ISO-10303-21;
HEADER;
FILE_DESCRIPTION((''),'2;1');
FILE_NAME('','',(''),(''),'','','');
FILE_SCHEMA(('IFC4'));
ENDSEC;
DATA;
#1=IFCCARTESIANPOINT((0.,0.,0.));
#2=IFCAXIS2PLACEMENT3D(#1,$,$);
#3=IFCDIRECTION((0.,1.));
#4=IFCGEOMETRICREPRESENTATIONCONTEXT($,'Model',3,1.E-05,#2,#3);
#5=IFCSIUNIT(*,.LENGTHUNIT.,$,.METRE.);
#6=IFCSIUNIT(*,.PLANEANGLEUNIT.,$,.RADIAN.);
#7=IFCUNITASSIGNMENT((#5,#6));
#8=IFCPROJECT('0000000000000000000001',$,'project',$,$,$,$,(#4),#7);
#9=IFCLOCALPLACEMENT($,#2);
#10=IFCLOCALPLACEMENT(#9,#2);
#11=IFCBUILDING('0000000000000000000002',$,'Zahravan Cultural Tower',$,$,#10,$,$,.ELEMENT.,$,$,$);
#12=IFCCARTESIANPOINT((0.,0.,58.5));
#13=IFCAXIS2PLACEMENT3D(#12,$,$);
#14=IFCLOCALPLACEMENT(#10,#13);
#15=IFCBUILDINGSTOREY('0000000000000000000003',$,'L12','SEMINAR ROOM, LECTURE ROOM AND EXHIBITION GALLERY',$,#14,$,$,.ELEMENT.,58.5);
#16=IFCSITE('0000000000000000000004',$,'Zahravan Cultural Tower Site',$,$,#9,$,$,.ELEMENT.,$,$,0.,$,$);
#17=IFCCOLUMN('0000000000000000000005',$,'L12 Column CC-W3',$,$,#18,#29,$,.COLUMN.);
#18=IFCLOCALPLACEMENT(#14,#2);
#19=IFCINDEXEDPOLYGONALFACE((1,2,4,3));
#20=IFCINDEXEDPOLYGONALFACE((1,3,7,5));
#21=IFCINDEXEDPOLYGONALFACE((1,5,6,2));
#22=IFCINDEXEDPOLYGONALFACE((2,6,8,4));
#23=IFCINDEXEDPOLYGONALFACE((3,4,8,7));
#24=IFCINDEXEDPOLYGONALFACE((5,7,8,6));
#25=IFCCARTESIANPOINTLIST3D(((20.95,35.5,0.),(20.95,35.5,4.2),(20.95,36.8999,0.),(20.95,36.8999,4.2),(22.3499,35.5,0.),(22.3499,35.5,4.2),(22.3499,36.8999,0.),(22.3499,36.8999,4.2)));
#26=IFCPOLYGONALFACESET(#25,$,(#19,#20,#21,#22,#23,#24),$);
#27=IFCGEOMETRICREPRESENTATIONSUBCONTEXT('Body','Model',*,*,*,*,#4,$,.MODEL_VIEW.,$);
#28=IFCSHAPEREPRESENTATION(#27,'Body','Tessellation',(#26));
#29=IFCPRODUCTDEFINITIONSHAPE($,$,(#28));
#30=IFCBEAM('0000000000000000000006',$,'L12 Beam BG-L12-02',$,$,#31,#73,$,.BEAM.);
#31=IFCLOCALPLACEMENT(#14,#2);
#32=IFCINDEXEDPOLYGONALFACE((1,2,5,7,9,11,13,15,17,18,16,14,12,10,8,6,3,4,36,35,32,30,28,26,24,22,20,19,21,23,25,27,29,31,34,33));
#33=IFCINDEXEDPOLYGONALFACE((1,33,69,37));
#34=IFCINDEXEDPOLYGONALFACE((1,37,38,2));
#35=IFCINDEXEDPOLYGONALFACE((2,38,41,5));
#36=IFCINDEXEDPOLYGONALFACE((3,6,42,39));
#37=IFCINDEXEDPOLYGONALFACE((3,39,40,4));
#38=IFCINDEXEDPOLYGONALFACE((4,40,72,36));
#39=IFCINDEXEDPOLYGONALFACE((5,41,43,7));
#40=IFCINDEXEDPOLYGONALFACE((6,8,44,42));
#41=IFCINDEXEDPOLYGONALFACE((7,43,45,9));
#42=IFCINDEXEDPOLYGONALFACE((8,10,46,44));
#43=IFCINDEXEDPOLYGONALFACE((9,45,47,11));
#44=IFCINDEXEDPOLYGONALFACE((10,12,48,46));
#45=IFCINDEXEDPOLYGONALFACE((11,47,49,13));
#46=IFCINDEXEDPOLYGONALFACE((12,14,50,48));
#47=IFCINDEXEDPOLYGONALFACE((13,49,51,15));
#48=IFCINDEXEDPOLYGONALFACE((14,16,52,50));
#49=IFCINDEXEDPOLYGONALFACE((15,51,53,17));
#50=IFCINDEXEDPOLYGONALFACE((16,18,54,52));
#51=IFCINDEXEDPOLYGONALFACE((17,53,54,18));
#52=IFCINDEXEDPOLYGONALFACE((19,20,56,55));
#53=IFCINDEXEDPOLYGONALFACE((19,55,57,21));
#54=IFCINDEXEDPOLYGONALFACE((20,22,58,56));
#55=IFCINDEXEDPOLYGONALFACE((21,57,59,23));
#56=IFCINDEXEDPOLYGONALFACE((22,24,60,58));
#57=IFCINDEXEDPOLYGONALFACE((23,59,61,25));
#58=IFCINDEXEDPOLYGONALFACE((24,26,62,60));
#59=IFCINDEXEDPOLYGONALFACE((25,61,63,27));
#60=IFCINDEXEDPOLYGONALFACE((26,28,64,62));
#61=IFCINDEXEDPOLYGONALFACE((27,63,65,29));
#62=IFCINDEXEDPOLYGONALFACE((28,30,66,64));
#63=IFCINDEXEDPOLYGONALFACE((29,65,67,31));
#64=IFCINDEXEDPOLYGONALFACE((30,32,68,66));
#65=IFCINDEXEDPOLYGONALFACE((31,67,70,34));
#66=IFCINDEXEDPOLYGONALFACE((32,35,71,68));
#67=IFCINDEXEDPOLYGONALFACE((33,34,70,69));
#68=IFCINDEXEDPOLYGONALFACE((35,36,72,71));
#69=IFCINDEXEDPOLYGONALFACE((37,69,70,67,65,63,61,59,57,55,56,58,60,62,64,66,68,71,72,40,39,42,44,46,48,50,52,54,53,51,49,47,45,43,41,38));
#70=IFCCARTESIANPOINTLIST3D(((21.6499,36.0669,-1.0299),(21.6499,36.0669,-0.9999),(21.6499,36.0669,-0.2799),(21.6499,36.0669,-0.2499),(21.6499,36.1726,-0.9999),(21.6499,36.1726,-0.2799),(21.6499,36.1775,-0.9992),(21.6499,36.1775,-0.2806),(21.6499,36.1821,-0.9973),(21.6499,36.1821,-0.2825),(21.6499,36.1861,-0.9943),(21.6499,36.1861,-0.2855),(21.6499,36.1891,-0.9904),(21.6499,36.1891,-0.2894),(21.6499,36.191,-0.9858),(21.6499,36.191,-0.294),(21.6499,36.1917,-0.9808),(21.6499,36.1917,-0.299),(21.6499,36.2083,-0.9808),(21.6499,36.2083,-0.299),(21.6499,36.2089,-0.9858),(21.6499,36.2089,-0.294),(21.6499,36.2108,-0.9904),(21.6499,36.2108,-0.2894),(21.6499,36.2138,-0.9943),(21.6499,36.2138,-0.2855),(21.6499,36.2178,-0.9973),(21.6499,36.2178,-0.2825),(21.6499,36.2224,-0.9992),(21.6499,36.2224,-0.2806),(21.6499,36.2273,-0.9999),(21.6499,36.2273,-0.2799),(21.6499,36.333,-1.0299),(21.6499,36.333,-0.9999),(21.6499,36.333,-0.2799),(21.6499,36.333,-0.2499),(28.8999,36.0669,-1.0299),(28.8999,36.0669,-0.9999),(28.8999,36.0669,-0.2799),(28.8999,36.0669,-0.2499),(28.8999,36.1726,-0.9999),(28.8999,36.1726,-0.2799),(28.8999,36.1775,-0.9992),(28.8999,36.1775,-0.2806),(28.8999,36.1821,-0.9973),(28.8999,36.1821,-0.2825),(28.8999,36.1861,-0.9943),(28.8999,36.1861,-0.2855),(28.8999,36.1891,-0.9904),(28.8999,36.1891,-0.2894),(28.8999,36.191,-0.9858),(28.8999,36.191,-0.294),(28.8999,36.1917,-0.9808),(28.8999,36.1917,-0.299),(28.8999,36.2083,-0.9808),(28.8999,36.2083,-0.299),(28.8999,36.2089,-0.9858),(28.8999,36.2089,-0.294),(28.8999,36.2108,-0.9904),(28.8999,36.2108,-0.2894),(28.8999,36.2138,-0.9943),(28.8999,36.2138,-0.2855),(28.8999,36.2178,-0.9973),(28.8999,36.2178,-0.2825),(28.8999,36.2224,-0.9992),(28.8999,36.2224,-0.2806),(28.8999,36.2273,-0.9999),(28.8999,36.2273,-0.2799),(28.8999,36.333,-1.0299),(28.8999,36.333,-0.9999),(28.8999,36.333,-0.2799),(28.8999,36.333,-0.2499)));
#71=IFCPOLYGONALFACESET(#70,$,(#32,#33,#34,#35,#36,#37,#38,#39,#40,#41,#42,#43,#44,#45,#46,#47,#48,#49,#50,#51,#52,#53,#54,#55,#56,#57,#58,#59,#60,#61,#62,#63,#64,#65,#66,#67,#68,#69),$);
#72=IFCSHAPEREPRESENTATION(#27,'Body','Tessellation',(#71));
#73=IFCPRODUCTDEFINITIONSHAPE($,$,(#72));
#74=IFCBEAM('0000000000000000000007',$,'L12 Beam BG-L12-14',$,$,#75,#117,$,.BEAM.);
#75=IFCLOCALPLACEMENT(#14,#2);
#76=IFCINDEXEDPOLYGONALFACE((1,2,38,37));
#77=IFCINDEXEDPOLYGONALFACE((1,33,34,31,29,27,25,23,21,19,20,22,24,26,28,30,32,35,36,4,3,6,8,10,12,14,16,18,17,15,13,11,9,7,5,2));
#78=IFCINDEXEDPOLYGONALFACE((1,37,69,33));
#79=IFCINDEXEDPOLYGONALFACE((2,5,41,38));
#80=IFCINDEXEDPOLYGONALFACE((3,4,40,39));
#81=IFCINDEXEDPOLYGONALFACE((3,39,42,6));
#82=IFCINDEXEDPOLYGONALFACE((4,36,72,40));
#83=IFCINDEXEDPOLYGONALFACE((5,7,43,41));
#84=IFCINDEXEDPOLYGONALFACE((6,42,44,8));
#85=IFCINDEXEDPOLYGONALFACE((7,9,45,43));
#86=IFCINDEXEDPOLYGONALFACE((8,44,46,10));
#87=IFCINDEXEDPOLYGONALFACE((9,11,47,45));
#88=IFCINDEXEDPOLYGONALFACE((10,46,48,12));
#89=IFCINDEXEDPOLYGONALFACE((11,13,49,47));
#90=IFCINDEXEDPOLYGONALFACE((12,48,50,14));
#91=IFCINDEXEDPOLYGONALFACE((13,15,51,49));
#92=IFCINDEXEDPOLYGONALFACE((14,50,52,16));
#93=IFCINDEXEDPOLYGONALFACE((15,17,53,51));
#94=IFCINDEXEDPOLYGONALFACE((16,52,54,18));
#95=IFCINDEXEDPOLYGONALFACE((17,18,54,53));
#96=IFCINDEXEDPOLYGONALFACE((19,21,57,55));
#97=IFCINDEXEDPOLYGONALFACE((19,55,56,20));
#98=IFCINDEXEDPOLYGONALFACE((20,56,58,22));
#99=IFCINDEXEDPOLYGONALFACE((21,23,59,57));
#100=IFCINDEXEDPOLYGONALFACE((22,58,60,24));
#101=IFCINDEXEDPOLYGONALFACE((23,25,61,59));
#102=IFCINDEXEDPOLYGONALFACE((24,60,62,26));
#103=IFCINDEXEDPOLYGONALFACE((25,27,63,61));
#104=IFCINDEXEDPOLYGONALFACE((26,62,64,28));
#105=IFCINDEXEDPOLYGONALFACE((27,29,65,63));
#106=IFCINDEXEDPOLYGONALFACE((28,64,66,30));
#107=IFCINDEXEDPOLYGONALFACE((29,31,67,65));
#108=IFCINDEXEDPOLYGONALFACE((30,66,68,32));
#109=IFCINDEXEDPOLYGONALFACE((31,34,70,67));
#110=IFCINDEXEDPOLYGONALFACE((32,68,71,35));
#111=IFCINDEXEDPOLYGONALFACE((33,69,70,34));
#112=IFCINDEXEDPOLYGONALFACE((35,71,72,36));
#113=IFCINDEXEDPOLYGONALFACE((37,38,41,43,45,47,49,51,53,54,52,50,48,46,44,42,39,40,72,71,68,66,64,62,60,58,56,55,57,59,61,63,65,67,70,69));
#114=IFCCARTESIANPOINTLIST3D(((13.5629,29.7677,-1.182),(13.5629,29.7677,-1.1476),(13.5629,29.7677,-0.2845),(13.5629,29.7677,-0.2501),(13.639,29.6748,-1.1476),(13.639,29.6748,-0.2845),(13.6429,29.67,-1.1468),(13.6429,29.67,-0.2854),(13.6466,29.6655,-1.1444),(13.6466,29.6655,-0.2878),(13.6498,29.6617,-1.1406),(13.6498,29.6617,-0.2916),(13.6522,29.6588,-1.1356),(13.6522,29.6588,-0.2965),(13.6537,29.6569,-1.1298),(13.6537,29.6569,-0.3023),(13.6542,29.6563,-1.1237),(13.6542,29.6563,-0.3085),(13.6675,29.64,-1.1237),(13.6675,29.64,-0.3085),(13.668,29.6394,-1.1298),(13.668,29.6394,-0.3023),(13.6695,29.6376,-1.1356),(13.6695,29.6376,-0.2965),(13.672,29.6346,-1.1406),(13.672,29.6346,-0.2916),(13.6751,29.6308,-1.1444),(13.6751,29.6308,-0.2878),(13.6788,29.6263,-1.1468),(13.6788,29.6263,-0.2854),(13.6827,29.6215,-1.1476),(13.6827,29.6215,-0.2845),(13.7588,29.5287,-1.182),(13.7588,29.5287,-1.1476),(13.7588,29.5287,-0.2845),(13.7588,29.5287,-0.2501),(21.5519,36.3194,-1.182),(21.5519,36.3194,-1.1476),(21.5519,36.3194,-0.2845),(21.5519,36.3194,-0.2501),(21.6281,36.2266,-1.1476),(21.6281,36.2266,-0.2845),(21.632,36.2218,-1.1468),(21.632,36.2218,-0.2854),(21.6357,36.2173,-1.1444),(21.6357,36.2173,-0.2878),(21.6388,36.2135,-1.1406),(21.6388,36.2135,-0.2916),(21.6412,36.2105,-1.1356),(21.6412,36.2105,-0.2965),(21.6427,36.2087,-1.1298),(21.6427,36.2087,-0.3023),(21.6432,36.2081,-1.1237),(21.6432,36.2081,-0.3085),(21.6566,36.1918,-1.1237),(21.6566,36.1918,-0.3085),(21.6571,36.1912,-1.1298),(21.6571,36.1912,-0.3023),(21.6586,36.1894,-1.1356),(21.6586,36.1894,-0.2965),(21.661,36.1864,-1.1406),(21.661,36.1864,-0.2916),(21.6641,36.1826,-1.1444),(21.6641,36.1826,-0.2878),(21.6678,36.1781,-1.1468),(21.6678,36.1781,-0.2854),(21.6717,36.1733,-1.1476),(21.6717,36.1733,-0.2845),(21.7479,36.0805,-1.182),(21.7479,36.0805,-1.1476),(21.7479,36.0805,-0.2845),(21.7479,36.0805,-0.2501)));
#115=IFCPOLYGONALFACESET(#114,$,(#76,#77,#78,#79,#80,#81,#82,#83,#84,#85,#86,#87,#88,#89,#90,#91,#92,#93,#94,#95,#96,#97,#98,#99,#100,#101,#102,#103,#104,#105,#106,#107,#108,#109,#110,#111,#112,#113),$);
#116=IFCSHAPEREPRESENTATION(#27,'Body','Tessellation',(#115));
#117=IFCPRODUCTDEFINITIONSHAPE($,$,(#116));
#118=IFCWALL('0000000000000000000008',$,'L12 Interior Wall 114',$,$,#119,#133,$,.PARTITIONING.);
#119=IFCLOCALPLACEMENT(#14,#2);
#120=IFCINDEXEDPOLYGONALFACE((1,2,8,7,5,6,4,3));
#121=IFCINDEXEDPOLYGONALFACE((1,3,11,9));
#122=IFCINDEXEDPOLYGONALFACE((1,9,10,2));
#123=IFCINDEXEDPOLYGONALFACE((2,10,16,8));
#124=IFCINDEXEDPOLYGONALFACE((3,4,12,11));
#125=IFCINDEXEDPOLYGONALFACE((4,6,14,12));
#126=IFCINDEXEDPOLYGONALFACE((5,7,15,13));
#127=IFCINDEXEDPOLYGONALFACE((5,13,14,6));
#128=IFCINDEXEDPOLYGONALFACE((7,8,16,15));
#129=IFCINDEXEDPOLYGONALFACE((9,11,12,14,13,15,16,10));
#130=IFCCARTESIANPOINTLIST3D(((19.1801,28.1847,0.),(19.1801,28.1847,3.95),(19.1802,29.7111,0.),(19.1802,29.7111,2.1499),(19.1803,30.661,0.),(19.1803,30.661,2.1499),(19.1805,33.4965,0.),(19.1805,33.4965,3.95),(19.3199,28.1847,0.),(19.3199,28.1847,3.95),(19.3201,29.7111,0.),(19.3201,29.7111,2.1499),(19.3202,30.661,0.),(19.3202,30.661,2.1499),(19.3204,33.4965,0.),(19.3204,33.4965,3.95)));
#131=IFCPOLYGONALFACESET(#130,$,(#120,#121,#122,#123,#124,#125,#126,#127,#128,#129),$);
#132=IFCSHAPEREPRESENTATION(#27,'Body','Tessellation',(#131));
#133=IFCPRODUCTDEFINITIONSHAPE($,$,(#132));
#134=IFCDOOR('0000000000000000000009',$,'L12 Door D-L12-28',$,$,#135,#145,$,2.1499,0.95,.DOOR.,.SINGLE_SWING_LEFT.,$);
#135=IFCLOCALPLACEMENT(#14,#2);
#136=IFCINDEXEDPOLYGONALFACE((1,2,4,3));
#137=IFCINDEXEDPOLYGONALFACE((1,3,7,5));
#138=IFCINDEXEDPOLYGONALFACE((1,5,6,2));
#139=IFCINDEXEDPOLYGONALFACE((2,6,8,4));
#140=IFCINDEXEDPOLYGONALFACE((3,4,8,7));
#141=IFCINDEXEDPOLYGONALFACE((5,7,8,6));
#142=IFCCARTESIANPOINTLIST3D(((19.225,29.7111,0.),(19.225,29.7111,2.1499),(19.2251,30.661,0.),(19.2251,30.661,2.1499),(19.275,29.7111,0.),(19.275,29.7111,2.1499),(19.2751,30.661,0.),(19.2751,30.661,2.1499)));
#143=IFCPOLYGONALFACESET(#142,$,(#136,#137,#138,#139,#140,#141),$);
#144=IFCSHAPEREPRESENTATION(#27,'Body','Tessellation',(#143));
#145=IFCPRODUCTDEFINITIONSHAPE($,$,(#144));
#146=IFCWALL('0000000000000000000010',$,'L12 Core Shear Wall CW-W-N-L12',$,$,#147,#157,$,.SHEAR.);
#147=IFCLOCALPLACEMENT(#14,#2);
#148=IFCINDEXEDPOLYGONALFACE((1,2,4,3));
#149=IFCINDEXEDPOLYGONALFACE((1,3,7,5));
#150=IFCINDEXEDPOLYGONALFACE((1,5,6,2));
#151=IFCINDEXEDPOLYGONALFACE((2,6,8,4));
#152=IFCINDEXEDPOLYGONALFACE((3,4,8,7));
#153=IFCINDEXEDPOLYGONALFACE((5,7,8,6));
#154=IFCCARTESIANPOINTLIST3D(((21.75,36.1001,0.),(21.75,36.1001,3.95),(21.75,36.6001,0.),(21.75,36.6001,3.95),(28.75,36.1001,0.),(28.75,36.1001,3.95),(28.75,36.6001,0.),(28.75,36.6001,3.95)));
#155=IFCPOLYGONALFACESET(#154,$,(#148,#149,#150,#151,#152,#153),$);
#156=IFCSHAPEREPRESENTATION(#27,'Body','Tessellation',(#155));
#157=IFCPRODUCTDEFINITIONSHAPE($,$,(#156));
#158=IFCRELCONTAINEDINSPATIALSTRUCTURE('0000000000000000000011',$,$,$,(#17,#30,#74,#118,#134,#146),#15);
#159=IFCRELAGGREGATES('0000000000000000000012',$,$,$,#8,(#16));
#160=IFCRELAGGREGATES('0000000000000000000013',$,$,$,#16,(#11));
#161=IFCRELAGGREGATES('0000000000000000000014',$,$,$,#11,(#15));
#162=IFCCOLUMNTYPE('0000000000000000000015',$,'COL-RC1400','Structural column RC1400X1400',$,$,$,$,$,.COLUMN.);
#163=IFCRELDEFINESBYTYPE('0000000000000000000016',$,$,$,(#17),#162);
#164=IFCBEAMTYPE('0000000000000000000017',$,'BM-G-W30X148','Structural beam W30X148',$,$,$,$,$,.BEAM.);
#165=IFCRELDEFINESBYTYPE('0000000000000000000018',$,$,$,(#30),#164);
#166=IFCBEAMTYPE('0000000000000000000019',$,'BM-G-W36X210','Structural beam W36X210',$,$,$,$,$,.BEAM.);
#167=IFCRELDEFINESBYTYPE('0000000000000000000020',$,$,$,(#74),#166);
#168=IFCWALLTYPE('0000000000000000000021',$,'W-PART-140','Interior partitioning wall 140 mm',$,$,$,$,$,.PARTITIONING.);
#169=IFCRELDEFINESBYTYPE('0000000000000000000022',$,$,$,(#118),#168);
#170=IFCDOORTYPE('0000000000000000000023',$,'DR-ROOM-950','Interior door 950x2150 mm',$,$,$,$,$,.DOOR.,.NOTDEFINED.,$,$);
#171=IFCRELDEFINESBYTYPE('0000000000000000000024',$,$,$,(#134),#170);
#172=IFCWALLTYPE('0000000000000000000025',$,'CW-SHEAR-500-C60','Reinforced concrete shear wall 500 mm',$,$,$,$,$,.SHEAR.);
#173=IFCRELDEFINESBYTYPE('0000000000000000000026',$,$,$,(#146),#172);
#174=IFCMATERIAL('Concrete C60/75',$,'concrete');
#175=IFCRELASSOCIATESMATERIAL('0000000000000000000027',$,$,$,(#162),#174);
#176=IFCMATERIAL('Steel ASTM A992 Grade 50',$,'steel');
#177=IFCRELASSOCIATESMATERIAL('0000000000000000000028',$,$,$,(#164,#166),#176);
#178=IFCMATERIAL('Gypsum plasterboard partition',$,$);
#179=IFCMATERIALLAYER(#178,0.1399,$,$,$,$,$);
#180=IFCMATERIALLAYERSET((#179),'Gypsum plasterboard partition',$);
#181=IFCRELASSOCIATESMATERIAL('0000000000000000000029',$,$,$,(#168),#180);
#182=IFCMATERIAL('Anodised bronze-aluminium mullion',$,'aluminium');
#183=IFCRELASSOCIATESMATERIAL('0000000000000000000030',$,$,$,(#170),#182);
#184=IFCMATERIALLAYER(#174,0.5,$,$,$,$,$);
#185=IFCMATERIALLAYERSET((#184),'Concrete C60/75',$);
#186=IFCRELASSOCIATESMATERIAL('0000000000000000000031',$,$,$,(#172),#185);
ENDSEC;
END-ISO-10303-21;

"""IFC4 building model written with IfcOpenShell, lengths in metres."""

from ifc_helpers import new_model, si_unit, direction, frame, frame_2d, origin, origin_2d, place, context, subcontext, project, spatial, rectangle, i_section, extrude, source, transform, mapped, material, layer, layer_set, material_profile, profile_set, type_object, element, fill, save


model = new_model("IFC4")

# Units and contexts
model_context = context("Model", 3, precision=1e-05, world=origin(), true_north=direction((0.0, 1.0)))
body_context = subcontext(model_context, "Body", "Model", "MODEL_VIEW")
ifc_project = project(units=[si_unit("LENGTHUNIT", "METRE"), si_unit("PLANEANGLEUNIT", "RADIAN")], contexts=[model_context])

# Site, building, storey
site_placement = place(None, origin())
site = spatial("IfcSite", under=ifc_project, at=site_placement, Name="Zahravan Cultural Tower Site", CompositionType="ELEMENT", RefElevation=0.0)
building_placement = place(site_placement, origin())
building = spatial("IfcBuilding", under=site, at=building_placement, Name="Zahravan Cultural Tower", CompositionType="ELEMENT")
storey_placement = place(building_placement, frame((0.0, 0.0, 58.5)))
storey = spatial("IfcBuildingStorey", under=building, at=storey_placement, Name="L12", Description="SEMINAR ROOM, LECTURE ROOM AND EXHIBITION GALLERY", CompositionType="ELEMENT", Elevation=58.5)

# Column
ifc_material_1 = material(Name="Concrete C60/75", Category="concrete")
ifc_material_profile_1 = material_profile(ifc_material_1, rectangle(XDim=1.3999, YDim=1.3999, at=origin_2d()), Name="RC1400X1400")
ifc_profile_set_1 = profile_set([ifc_material_profile_1], Name="Concrete C60/75")
column_type = type_object("IfcColumnType", Name="COL-RC1400", Description="Structural column RC1400X1400", PredefinedType="COLUMN", material=ifc_profile_set_1)
shared_shape_1 = source(origin(), body_context, "Body", "SweptSolid", [
    extrude(rectangle(XDim=1.3999, YDim=1.3999, at=origin_2d()), origin(), (0.0, 0.0, 1.0), 4.2),
])
column_placement = place(storey_placement, frame((21.6499, 36.2, 0.0), z_axis=(0.0, 0.0, 1.0), x_axis=(1.0, 0.0, 0.0)))
element("IfcColumn", 1, at=column_placement, inside=storey, type_object=column_type, Name="L12 Column CC-W3", PredefinedType="COLUMN", context=body_context, shape_type="MappedRepresentation", body=[
    mapped(shared_shape_1, transform((0.0, 0.0, 0.0), x_axis=(1.0, 0.0, 0.0), y_axis=(0.0, 1.0, 0.0), z_axis=(0.0, 0.0, 1.0), scale=1.0)),
])

# Beams
ifc_material_2 = material(Name="Steel ASTM A992 Grade 50", Category="steel")
ifc_material_profile_2 = material_profile(ifc_material_2, i_section(OverallWidth=0.2661, OverallDepth=0.78, WebThickness=0.0166, FlangeThickness=0.03, FilletRadius=0.019, at=origin_2d()), Name="W30X148")
ifc_profile_set_2 = profile_set([ifc_material_profile_2], Name="Steel ASTM A992 Grade 50")
beam_type_1 = type_object("IfcBeamType", Name="BM-G-W30X148", Description="Structural beam W30X148", PredefinedType="BEAM", material=ifc_profile_set_2)
shared_shape_2 = source(origin(), body_context, "Body", "SweptSolid", [
    extrude(i_section(OverallWidth=0.2661, OverallDepth=0.78, WebThickness=0.0166, FlangeThickness=0.03, FilletRadius=0.019, at=origin_2d()), origin(), (0.0, 0.0, 1.0), 7.25),
])
beam_1_placement = place(storey_placement, frame((21.6499, 36.2, -0.6399), z_axis=(1.0, 0.0, 0.0), x_axis=(0.0, 1.0, 0.0)))
element("IfcBeam", 2, at=beam_1_placement, inside=storey, type_object=beam_type_1, Name="L12 Beam BG-L12-02", PredefinedType="BEAM", context=body_context, shape_type="MappedRepresentation", body=[
    mapped(shared_shape_2, transform((0.0, 0.0, 0.0), x_axis=(1.0, 0.0, 0.0), y_axis=(0.0, 1.0, 0.0), z_axis=(0.0, 0.0, 1.0), scale=1.0)),
])
ifc_material_profile_3 = material_profile(ifc_material_2, i_section(OverallWidth=0.3091, OverallDepth=0.9319, WebThickness=0.021, FlangeThickness=0.0344, FilletRadius=0.0239, at=origin_2d()), Name="W36X210")
ifc_profile_set_3 = profile_set([ifc_material_profile_3], Name="Steel ASTM A992 Grade 50")
beam_type_2 = type_object("IfcBeamType", Name="BM-G-W36X210", Description="Structural beam W36X210", PredefinedType="BEAM", material=ifc_profile_set_3)
shared_shape_3 = source(origin(), body_context, "Body", "SweptSolid", [
    extrude(i_section(OverallWidth=0.3091, OverallDepth=0.9319, WebThickness=0.021, FlangeThickness=0.0344, FilletRadius=0.0239, at=origin_2d()), origin(), (0.0, 0.0, 1.0), 10.332),
])
beam_2_placement = place(storey_placement, frame((21.6499, 36.2, -0.7161), z_axis=(-0.773231, -0.634124, 0.0), x_axis=(0.634124, -0.773231, 0.0)))
element("IfcBeam", 3, at=beam_2_placement, inside=storey, type_object=beam_type_2, Name="L12 Beam BG-L12-14", PredefinedType="BEAM", context=body_context, shape_type="MappedRepresentation", body=[
    mapped(shared_shape_3, transform((0.0, 0.0, 0.0), x_axis=(1.0, 0.0, 0.0), y_axis=(0.0, 1.0, 0.0), z_axis=(0.0, 0.0, 1.0), scale=1.0)),
])

# Wall, opening, door
ifc_material_3 = material(Name="Gypsum plasterboard partition")
ifc_layer_1 = layer(ifc_material_3, 0.1399)
ifc_layer_set_1 = layer_set([ifc_layer_1], Name="Gypsum plasterboard partition")
wall_type_1 = type_object("IfcWallType", Name="W-PART-140", Description="Interior partitioning wall 140 mm", PredefinedType="PARTITIONING", material=ifc_layer_set_1)
wall_1_placement = place(storey_placement, frame((19.2505, 33.4963, 0.0), z_axis=(0.0, 0.0, 1.0), x_axis=(-0.000092, -1.0, 0.0)))
wall_1 = element("IfcWall", 4, at=wall_1_placement, inside=storey, type_object=wall_type_1, Name="L12 Interior Wall 114", PredefinedType="PARTITIONING", context=body_context, shape_type="SweptSolid", body=[
    extrude(rectangle(XDim=5.3118, YDim=0.1399, at=frame_2d((2.6558, 0.0))), origin(), (0.0, 0.0, 1.0), 3.95),
])
opening_1_placement = place(wall_1_placement, frame((2.8352, 0.0, 0.0)))
opening_1 = element("IfcOpeningElement", 5, at=opening_1_placement, cuts=wall_1, PredefinedType="OPENING", context=body_context, shape_type="SweptSolid", body=[
    extrude(rectangle(XDim=0.95, YDim=2.1499, at=frame_2d((0.4751, 1.075))), frame((0.0, 0.0798, 0.0), z_axis=(0.0, -1.0, 0.0), x_axis=(1.0, 0.0, 0.0)), (0.0, 0.0, 1.0), 0.1599),
])
ifc_material_4 = material(Name="Anodised bronze-aluminium mullion", Category="aluminium")
door_type_1 = type_object("IfcDoorType", Name="DR-ROOM-950", Description="Interior door 950x2150 mm", OperationType="NOTDEFINED", PredefinedType="DOOR", material=ifc_material_4)
shared_shape_4 = source(origin(), body_context, "Body", "SweptSolid", [
    extrude(rectangle(XDim=0.95, YDim=2.1499, at=frame_2d((0.4751, 1.075))), frame((0.0, 0.0249, 0.0), z_axis=(0.0, -1.0, 0.0), x_axis=(1.0, 0.0, 0.0)), (0.0, 0.0, 1.0), 0.05),
])
door_1_placement = place(opening_1_placement, origin())
door_1 = element("IfcDoor", 6, at=door_1_placement, inside=storey, type_object=door_type_1, Name="L12 Door D-L12-28", OperationType="SINGLE_SWING_LEFT", OverallHeight=2.1499, OverallWidth=0.95, PredefinedType="DOOR", context=body_context, shape_type="MappedRepresentation", body=[
    mapped(shared_shape_4, transform((0.0, 0.0, 0.0), x_axis=(1.0, 0.0, 0.0), y_axis=(0.0, 1.0, 0.0), z_axis=(0.0, 0.0, 1.0), scale=1.0)),
])
fill(opening_1, door_1)

# Wall
ifc_layer_2 = layer(ifc_material_1, 0.5)
ifc_layer_set_2 = layer_set([ifc_layer_2], Name="Concrete C60/75")
wall_type_2 = type_object("IfcWallType", Name="CW-SHEAR-500-C60", Description="Reinforced concrete shear wall 500 mm", PredefinedType="SHEAR", material=ifc_layer_set_2)
shared_shape_5 = source(origin(), body_context, "Body", "SweptSolid", [
    extrude(rectangle(XDim=7.0, YDim=0.5, at=frame_2d((3.5, 0.0))), origin(), (0.0, 0.0, 1.0), 3.95),
])
wall_2_placement = place(storey_placement, frame((21.75, 36.3501, 0.0), z_axis=(0.0, 0.0, 1.0), x_axis=(1.0, 0.0, 0.0)))
element("IfcWall", 7, at=wall_2_placement, inside=storey, type_object=wall_type_2, Name="L12 Core Shear Wall CW-W-N-L12", PredefinedType="SHEAR", context=body_context, shape_type="MappedRepresentation", body=[
    mapped(shared_shape_5, transform((0.0, 0.0, 0.0), x_axis=(1.0, 0.0, 0.0), y_axis=(0.0, 1.0, 0.0), z_axis=(0.0, 0.0, 1.0), scale=1.0)),
])

save(model, "model.ifc")
